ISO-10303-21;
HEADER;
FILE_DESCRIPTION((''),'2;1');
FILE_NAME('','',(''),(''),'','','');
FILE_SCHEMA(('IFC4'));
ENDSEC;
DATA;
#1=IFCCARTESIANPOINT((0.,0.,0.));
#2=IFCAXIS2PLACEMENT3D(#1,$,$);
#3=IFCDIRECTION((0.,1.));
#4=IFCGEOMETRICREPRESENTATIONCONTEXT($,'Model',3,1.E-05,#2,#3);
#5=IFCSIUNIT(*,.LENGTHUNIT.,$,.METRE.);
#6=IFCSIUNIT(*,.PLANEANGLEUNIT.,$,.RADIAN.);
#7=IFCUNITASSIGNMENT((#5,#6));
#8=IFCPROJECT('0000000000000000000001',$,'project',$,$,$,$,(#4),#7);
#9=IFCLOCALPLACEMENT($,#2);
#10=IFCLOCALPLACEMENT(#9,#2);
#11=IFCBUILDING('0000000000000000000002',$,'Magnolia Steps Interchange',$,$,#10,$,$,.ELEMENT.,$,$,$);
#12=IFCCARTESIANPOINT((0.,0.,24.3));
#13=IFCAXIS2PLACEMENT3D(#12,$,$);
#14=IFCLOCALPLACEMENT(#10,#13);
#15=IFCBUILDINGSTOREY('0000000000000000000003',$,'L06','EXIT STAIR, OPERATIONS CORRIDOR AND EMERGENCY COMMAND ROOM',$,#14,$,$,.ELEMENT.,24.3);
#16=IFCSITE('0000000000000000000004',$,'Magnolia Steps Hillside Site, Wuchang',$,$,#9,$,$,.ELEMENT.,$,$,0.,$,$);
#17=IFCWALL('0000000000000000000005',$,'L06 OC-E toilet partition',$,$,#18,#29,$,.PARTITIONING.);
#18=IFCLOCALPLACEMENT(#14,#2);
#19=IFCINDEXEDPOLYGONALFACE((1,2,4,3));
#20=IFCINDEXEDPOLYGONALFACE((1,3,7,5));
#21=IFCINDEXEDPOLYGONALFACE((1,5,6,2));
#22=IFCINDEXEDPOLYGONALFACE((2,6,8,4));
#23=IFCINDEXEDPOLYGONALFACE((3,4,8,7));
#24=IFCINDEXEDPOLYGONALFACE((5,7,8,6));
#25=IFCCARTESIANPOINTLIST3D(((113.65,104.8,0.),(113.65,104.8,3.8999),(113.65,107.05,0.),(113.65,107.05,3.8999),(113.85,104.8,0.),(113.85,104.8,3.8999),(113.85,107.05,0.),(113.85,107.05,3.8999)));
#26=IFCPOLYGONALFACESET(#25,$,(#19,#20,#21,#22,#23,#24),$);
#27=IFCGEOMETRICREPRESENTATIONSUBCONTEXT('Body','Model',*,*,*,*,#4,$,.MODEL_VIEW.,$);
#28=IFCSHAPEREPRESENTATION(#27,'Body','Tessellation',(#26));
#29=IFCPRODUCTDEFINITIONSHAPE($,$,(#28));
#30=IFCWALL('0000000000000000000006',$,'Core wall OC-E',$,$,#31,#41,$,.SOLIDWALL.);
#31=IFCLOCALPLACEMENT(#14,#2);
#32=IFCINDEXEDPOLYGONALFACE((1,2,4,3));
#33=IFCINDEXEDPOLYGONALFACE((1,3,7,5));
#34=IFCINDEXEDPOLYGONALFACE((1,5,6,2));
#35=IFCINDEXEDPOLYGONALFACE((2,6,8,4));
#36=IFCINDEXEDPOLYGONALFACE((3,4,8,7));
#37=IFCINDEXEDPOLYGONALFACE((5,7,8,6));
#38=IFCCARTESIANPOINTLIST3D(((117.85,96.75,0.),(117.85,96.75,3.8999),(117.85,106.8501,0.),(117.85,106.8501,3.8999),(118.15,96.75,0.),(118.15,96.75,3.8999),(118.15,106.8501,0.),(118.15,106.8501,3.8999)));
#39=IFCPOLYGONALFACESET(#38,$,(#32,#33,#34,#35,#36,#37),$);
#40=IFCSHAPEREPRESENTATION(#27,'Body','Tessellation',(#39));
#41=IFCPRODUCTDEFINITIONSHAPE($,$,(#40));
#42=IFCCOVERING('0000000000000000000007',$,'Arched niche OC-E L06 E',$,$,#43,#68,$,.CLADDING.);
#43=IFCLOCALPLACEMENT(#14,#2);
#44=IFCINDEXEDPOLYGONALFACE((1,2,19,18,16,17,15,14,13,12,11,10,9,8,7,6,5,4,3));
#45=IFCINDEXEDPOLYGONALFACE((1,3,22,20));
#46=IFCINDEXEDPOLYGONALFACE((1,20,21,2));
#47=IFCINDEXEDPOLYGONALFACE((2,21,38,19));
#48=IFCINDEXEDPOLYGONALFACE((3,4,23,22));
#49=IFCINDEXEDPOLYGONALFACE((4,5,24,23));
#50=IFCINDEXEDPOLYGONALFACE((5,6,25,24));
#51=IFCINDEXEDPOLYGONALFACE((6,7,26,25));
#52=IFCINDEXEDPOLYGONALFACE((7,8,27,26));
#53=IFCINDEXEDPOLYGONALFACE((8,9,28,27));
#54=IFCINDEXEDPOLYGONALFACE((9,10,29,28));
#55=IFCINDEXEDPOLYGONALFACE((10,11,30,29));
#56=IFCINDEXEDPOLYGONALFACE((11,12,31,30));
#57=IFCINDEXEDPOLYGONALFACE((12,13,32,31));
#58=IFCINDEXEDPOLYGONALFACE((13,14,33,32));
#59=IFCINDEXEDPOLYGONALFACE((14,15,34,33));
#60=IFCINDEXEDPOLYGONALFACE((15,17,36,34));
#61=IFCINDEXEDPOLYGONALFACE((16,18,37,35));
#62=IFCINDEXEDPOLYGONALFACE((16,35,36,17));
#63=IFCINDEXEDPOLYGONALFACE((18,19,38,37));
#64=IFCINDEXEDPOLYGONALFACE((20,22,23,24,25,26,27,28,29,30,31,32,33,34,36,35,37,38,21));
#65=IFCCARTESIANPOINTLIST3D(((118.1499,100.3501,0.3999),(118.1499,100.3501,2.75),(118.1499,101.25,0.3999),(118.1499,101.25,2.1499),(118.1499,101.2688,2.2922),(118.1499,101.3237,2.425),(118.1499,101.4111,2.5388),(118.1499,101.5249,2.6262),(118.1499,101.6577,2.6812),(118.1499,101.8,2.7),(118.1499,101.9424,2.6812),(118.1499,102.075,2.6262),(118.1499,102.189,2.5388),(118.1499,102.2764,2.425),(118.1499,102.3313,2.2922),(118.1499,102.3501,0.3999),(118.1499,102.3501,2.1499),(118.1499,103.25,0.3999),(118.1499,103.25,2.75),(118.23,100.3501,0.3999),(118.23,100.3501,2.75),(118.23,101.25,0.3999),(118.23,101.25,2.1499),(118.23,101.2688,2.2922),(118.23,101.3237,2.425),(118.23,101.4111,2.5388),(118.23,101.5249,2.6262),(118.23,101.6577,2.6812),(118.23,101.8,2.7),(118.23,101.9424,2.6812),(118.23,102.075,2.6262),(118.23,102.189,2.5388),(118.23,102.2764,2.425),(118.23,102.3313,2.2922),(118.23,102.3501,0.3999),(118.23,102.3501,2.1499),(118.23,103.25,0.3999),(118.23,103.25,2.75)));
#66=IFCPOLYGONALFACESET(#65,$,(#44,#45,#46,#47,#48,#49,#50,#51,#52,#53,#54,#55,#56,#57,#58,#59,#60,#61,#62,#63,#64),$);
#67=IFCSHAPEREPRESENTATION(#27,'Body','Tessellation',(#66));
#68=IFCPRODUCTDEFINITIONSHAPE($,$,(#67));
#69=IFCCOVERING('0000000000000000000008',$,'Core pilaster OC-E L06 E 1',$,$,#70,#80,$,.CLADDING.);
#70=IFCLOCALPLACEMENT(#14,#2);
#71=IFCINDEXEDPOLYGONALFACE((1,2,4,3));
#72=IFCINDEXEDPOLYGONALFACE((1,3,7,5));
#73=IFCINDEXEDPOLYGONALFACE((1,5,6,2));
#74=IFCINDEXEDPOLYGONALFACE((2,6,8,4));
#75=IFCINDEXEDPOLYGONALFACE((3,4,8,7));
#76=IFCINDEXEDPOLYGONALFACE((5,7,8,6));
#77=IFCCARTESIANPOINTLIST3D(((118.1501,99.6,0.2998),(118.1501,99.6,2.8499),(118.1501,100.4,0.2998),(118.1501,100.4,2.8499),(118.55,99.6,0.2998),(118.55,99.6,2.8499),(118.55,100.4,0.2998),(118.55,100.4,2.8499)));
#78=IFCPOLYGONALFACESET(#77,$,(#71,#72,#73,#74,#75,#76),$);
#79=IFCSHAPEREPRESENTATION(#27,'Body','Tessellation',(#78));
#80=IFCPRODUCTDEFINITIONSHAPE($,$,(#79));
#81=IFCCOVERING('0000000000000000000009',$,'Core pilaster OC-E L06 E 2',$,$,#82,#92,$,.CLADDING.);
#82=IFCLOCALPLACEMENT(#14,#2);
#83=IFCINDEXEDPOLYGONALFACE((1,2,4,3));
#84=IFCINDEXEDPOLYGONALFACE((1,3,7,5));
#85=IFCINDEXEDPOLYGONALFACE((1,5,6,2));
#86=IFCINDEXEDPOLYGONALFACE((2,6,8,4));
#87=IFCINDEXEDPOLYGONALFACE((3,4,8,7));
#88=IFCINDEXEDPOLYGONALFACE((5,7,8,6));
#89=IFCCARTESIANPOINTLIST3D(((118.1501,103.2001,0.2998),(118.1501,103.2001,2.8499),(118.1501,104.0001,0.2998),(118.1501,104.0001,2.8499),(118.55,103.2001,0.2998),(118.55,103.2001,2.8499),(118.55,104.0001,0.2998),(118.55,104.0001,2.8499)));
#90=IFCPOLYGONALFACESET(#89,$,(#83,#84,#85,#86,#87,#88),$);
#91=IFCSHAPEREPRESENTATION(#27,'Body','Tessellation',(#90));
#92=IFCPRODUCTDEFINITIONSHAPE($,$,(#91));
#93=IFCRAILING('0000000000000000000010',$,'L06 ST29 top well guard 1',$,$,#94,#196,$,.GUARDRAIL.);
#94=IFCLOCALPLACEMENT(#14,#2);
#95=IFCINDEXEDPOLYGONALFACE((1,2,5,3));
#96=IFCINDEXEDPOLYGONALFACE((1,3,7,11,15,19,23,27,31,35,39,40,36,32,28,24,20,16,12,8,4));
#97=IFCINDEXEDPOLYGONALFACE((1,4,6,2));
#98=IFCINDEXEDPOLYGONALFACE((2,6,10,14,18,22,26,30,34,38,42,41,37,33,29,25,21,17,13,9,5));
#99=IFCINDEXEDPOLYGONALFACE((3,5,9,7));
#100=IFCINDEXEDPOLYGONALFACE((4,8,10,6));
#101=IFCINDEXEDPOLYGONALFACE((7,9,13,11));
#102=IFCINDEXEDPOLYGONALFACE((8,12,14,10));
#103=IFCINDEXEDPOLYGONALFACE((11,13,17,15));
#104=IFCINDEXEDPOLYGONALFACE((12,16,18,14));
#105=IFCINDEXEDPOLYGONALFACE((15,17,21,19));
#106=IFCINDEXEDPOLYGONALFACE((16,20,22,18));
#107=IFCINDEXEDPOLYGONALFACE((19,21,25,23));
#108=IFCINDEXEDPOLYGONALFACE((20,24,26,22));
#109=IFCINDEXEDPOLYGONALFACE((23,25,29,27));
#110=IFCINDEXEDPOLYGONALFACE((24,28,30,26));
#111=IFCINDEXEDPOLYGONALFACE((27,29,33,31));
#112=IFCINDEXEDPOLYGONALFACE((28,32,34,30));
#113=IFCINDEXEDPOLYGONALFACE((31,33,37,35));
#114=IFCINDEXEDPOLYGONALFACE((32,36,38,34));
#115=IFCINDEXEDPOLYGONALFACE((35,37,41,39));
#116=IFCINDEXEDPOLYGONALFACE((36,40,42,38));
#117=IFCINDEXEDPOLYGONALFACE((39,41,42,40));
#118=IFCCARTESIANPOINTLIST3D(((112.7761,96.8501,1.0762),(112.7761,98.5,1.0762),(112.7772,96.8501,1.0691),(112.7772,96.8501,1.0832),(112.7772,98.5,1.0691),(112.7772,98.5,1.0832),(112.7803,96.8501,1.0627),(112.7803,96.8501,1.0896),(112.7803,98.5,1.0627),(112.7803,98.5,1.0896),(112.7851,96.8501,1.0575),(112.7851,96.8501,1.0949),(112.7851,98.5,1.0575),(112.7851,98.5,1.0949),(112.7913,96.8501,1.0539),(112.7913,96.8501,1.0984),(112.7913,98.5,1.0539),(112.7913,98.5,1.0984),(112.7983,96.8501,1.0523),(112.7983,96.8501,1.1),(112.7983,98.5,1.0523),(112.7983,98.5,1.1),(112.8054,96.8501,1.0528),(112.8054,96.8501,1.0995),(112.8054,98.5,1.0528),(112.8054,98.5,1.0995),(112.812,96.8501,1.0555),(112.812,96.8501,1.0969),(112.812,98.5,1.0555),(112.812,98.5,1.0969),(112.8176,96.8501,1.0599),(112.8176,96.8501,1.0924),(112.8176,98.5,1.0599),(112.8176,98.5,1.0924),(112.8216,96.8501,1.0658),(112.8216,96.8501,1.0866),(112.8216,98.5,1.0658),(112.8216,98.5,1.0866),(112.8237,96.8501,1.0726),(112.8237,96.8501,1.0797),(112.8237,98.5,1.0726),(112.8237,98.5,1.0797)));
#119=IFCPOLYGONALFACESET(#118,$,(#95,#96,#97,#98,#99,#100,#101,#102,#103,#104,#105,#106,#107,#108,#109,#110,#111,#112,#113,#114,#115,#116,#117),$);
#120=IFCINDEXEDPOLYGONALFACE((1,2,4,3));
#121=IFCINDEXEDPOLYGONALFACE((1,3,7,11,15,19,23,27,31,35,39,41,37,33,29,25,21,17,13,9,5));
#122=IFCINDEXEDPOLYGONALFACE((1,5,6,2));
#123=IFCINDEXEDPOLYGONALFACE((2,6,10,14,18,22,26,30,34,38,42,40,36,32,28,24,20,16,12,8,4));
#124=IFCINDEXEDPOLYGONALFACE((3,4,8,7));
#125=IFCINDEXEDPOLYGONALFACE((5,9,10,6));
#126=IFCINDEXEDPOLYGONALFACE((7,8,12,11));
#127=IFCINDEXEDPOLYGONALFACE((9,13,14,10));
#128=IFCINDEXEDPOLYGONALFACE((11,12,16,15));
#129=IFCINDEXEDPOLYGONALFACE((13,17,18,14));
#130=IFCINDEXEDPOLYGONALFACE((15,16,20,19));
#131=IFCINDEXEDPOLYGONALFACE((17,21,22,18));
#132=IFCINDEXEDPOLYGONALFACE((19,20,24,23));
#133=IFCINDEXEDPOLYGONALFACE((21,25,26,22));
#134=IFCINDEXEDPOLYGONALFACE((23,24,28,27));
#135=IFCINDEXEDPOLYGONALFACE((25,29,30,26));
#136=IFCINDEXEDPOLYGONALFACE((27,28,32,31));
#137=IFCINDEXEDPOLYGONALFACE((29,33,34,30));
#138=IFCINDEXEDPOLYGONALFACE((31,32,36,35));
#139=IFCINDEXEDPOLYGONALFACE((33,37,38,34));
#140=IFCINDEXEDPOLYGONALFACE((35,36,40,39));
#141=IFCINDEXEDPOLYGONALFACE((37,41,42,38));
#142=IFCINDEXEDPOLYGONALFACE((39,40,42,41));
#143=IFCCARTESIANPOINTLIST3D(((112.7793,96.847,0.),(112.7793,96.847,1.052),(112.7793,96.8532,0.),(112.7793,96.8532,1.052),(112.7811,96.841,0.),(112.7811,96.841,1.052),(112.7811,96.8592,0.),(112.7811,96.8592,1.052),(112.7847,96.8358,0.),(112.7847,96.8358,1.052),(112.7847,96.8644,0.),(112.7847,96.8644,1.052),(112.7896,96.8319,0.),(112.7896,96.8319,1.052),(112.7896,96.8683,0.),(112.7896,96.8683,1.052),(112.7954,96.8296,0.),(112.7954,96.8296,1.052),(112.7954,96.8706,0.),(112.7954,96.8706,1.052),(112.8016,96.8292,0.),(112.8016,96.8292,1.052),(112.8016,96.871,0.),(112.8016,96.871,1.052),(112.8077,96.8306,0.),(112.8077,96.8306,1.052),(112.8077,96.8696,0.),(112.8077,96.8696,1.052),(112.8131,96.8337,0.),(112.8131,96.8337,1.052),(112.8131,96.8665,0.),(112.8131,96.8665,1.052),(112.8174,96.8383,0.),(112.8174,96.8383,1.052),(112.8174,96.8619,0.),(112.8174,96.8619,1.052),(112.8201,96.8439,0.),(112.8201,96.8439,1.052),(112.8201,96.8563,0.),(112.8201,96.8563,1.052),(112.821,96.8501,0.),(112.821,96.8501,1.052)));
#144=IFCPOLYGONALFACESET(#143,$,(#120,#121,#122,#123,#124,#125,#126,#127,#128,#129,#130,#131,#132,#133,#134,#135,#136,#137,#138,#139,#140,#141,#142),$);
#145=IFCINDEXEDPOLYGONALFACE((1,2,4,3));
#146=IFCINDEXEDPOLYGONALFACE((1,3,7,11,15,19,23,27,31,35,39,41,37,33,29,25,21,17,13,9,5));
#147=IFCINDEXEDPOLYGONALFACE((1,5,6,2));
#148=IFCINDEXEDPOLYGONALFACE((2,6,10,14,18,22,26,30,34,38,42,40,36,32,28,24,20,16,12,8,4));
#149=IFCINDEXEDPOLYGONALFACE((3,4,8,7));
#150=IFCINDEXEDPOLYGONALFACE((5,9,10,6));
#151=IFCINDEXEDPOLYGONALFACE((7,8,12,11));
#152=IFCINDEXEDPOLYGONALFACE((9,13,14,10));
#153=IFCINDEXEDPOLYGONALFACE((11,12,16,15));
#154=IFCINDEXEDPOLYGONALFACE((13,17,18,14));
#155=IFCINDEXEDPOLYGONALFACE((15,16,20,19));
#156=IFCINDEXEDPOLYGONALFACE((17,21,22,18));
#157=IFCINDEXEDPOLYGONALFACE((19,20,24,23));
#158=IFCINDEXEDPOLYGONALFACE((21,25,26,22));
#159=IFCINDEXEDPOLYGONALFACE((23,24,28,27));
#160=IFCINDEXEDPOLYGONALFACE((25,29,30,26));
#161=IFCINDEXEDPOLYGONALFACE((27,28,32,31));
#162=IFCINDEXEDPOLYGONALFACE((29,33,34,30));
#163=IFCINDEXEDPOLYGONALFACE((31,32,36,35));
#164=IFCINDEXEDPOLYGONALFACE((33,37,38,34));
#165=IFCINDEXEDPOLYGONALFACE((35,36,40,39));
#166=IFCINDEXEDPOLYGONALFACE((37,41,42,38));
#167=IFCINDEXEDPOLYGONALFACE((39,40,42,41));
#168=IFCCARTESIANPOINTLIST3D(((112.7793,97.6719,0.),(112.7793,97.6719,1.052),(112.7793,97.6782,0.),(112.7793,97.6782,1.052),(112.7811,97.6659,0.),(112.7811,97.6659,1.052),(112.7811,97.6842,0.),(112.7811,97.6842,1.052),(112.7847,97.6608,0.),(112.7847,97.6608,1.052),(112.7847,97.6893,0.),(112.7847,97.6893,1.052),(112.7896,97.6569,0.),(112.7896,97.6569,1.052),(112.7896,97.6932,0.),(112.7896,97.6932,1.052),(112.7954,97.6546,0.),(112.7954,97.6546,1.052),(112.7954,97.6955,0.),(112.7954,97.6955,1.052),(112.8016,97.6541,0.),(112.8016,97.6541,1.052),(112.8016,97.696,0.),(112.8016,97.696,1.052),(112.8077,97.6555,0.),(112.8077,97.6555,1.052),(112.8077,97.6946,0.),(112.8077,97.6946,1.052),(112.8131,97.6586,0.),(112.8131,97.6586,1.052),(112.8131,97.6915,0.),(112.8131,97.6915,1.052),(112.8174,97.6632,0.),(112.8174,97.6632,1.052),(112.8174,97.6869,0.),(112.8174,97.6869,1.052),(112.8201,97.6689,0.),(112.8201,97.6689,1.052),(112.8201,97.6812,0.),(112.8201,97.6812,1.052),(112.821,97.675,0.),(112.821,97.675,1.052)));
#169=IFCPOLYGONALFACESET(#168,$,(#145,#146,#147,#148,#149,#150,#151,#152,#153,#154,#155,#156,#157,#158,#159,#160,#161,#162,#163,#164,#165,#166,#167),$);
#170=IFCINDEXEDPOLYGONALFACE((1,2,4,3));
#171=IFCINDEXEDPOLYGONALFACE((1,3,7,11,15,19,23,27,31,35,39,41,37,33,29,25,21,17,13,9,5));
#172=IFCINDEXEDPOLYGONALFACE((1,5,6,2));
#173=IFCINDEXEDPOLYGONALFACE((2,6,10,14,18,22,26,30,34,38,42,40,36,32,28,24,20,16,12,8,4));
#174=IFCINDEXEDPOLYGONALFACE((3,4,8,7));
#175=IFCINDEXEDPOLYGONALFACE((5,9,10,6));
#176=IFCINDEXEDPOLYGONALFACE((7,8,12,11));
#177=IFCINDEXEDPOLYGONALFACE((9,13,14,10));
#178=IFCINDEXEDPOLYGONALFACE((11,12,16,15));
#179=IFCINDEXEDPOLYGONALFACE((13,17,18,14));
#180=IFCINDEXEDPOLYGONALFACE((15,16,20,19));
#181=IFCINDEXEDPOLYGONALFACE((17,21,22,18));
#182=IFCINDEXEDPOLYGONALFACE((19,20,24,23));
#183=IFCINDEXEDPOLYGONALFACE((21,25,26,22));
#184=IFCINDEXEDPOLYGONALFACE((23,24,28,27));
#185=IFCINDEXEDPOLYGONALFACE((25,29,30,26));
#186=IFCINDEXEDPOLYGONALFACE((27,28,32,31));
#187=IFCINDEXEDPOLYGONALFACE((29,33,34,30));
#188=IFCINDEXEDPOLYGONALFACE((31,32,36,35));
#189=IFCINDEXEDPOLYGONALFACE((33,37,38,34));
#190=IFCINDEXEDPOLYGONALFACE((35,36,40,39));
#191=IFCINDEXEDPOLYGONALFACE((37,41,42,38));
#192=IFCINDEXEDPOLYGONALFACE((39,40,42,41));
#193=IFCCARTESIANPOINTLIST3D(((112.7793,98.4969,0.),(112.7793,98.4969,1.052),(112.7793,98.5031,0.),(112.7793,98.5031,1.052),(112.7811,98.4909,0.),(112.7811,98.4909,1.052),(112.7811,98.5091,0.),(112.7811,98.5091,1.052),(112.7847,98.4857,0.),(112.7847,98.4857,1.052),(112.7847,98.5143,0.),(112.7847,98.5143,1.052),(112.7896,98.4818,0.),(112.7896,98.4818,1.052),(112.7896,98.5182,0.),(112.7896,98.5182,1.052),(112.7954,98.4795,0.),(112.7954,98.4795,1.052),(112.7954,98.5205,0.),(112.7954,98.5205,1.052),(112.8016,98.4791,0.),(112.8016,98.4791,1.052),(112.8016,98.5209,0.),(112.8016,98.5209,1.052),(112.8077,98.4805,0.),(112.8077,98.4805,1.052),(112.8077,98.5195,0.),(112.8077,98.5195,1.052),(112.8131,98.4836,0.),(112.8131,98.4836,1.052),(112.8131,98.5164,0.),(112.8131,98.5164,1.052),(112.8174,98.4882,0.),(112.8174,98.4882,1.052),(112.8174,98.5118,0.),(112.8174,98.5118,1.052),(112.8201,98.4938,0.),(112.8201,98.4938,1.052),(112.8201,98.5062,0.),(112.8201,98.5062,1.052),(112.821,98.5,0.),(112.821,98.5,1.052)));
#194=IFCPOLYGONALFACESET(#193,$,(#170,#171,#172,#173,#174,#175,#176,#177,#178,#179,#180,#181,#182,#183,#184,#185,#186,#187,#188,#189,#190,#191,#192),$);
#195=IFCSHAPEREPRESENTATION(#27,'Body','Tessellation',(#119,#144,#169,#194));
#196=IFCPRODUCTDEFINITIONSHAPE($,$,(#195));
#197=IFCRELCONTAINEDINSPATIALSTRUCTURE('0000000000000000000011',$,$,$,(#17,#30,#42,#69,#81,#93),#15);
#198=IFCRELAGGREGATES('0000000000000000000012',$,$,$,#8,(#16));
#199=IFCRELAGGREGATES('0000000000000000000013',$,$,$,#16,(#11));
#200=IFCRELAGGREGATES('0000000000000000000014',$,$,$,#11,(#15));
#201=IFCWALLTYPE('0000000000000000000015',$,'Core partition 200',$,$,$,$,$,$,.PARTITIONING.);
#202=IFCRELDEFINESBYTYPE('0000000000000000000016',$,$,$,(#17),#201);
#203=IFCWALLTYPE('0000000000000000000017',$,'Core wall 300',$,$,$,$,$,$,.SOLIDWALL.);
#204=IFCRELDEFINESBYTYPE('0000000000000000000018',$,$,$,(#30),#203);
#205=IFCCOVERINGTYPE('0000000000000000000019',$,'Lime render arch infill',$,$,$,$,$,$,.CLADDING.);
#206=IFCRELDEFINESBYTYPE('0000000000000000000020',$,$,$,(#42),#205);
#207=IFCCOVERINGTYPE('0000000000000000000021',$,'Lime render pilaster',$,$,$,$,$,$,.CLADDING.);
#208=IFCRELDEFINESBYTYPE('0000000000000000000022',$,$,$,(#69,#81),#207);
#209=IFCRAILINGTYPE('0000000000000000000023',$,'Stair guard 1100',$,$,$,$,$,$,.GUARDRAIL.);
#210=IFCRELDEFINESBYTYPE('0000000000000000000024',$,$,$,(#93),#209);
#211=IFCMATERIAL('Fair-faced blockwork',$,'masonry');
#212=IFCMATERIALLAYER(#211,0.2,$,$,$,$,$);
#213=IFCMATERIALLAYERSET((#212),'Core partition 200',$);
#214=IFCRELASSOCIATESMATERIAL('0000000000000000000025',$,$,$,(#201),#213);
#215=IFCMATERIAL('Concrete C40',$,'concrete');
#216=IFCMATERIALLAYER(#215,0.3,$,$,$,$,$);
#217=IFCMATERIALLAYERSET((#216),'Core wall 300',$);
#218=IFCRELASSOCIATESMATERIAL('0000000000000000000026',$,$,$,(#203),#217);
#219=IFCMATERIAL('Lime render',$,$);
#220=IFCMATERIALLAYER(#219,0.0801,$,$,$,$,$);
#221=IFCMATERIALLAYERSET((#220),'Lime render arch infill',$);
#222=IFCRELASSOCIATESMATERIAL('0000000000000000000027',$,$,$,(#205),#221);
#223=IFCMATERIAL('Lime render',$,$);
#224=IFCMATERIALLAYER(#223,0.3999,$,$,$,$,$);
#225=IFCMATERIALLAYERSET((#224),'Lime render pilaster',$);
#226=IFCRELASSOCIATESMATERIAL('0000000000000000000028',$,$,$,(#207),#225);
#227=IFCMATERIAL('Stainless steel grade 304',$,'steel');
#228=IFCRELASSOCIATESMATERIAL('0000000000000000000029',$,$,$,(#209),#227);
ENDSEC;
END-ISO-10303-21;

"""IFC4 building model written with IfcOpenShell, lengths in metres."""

from ifc_helpers import new_model, si_unit, direction, frame, frame_2d, origin, origin_2d, place, context, subcontext, project, spatial, polyline, rectangle, circle, outline, extrude, material, layer, layer_set, type_object, element, save


model = new_model("IFC4")

# Units and contexts
model_context = context("Model", 3, precision=1e-05, world=origin(), true_north=direction((0.0, 1.0)))
body_context = subcontext(model_context, "Body", "Model", "MODEL_VIEW")
ifc_project = project(units=[si_unit("LENGTHUNIT", "METRE"), si_unit("PLANEANGLEUNIT", "RADIAN")], contexts=[model_context])

# Site, building, storey
site_placement = place(None, origin())
site = spatial("IfcSite", under=ifc_project, at=site_placement, Name="Magnolia Steps Hillside Site, Wuchang", CompositionType="ELEMENT", RefElevation=0.0)
building_placement = place(site_placement, origin())
building = spatial("IfcBuilding", under=site, at=building_placement, Name="Magnolia Steps Interchange", CompositionType="ELEMENT")
storey_placement = place(building_placement, frame((0.0, 0.0, 24.3)))
storey = spatial("IfcBuildingStorey", under=building, at=storey_placement, Name="L06", Description="EXIT STAIR, OPERATIONS CORRIDOR AND EMERGENCY COMMAND ROOM", CompositionType="ELEMENT", Elevation=24.3)

# Walls
ifc_material_1 = material(Name="Fair-faced blockwork", Category="masonry")
ifc_layer_1 = layer(ifc_material_1, 0.2)
ifc_layer_set_1 = layer_set([ifc_layer_1], Name="Core partition 200")
wall_type_1 = type_object("IfcWallType", Name="Core partition 200", PredefinedType="PARTITIONING", material=ifc_layer_set_1)
wall_1_placement = place(storey_placement, frame((113.75, 107.05, 0.0), z_axis=(0.0, 0.0, 1.0), x_axis=(0.0, -1.0, 0.0)))
element("IfcWall", 1, at=wall_1_placement, inside=storey, type_object=wall_type_1, Name="L06 OC-E toilet partition", PredefinedType="PARTITIONING", context=body_context, shape_type="SweptSolid", body=[
    extrude(rectangle(XDim=2.25, YDim=0.2, at=frame_2d((1.125, 0.0))), origin(), (0.0, 0.0, 1.0), 3.8999),
])
ifc_material_2 = material(Name="Concrete C40", Category="concrete")
ifc_layer_2 = layer(ifc_material_2, 0.3)
ifc_layer_set_2 = layer_set([ifc_layer_2], Name="Core wall 300")
wall_type_2 = type_object("IfcWallType", Name="Core wall 300", PredefinedType="SOLIDWALL", material=ifc_layer_set_2)
wall_2_placement = place(storey_placement, frame((118.0, 96.75, 0.0), z_axis=(0.0, 0.0, 1.0), x_axis=(0.0, 1.0, 0.0)))
element("IfcWall", 2, at=wall_2_placement, inside=storey, type_object=wall_type_2, Name="Core wall OC-E", PredefinedType="SOLIDWALL", context=body_context, shape_type="SweptSolid", body=[
    extrude(rectangle(XDim=10.1001, YDim=0.3, at=frame_2d((5.05, 0.0))), origin(), (0.0, 0.0, 1.0), 3.8999),
])

# Coverings
ifc_material_3 = material(Name="Lime render")
ifc_layer_3 = layer(ifc_material_3, 0.0801)
ifc_layer_set_3 = layer_set([ifc_layer_3], Name="Lime render arch infill")
covering_type_1 = type_object("IfcCoveringType", Name="Lime render arch infill", PredefinedType="CLADDING", material=ifc_layer_set_3)
covering_placement = place(storey_placement, frame((118.1499, 100.3501, 0.3999), z_axis=(-1.0, 0.0, 0.0), x_axis=(0.0, 0.0, 1.0)))
element("IfcCovering", 3, at=covering_placement, inside=storey, type_object=covering_type_1, Name="Arched niche OC-E L06 E", PredefinedType="CLADDING", context=body_context, shape_type="SweptSolid", body=[
    extrude(outline(polyline([(0.0, 0.0), (2.3501, 0.0), (2.3501, 2.8999), (0.0, 2.8999), (0.0, 2.0), (1.75, 2.0), (1.8923, 1.9812), (2.0251, 1.9263), (2.1389, 1.8389), (2.2263, 1.7249), (2.2812, 1.5923), (2.3, 1.45), (2.2812, 1.3076), (2.2263, 1.1748), (2.1389, 1.061), (2.0251, 0.9736), (1.8923, 0.9187), (1.75, 0.8999), (0.0, 0.8999), (0.0, 0.0)])), origin(), (0.0, 0.0, -1.0), 0.0801),
])
ifc_material_4 = material(Name="Lime render")
ifc_layer_4 = layer(ifc_material_4, 0.3999)
ifc_layer_set_4 = layer_set([ifc_layer_4], Name="Lime render pilaster")
covering_type_2 = type_object("IfcCoveringType", Name="Lime render pilaster", PredefinedType="CLADDING", material=ifc_layer_set_4)
for number, where, z_axis, x_axis, name in (
    (4, (118.3501, 100.0, 0.2998), (0.0, 0.0, 1.0), (1.0, 0.0, 0.0), "Core pilaster OC-E L06 E 1"),
    (5, (118.3501, 103.6001, 0.2998), (0.0, 0.0, 1.0), (1.0, 0.0, 0.0), "Core pilaster OC-E L06 E 2"),
):
    element("IfcCovering", number, at=place(storey_placement, frame(where, z_axis=z_axis, x_axis=x_axis)), inside=storey, type_object=covering_type_2, Name=name, PredefinedType="CLADDING", context=body_context, shape_type="SweptSolid", body=[
        extrude(rectangle(XDim=0.3999, YDim=0.8, at=origin_2d()), origin(), (0.0, 0.0, 1.0), 2.55),
    ])

# Railing
ifc_material_5 = material(Name="Stainless steel grade 304", Category="steel")
railing_type = type_object("IfcRailingType", Name="Stair guard 1100", PredefinedType="GUARDRAIL", material=ifc_material_5)
railing_placement = place(storey_placement, frame((112.8, 96.8501, 0.0)))
element("IfcRailing", 6, at=railing_placement, inside=storey, type_object=railing_type, Name="L06 ST29 top well guard 1", PredefinedType="GUARDRAIL", context=body_context, shape_type="SweptSolid", body=[
    extrude(circle(Radius=0.0239, at=origin_2d()), frame((0.0, 0.0, 1.0762), z_axis=(0.0, 1.0, 0.0), x_axis=(-1.0, 0.0, 0.0)), (0.0, 0.0, 1.0), 1.6499),
    extrude(circle(Radius=0.021, at=origin_2d()), origin(), (0.0, 0.0, 1.0), 1.052),
    extrude(circle(Radius=0.021, at=origin_2d()), frame((0.0, 0.825, 0.0)), (0.0, 0.0, 1.0), 1.052),
    extrude(circle(Radius=0.021, at=origin_2d()), frame((0.0, 1.6499, 0.0)), (0.0, 0.0, 1.0), 1.052),
])

save(model, "model.ifc")
